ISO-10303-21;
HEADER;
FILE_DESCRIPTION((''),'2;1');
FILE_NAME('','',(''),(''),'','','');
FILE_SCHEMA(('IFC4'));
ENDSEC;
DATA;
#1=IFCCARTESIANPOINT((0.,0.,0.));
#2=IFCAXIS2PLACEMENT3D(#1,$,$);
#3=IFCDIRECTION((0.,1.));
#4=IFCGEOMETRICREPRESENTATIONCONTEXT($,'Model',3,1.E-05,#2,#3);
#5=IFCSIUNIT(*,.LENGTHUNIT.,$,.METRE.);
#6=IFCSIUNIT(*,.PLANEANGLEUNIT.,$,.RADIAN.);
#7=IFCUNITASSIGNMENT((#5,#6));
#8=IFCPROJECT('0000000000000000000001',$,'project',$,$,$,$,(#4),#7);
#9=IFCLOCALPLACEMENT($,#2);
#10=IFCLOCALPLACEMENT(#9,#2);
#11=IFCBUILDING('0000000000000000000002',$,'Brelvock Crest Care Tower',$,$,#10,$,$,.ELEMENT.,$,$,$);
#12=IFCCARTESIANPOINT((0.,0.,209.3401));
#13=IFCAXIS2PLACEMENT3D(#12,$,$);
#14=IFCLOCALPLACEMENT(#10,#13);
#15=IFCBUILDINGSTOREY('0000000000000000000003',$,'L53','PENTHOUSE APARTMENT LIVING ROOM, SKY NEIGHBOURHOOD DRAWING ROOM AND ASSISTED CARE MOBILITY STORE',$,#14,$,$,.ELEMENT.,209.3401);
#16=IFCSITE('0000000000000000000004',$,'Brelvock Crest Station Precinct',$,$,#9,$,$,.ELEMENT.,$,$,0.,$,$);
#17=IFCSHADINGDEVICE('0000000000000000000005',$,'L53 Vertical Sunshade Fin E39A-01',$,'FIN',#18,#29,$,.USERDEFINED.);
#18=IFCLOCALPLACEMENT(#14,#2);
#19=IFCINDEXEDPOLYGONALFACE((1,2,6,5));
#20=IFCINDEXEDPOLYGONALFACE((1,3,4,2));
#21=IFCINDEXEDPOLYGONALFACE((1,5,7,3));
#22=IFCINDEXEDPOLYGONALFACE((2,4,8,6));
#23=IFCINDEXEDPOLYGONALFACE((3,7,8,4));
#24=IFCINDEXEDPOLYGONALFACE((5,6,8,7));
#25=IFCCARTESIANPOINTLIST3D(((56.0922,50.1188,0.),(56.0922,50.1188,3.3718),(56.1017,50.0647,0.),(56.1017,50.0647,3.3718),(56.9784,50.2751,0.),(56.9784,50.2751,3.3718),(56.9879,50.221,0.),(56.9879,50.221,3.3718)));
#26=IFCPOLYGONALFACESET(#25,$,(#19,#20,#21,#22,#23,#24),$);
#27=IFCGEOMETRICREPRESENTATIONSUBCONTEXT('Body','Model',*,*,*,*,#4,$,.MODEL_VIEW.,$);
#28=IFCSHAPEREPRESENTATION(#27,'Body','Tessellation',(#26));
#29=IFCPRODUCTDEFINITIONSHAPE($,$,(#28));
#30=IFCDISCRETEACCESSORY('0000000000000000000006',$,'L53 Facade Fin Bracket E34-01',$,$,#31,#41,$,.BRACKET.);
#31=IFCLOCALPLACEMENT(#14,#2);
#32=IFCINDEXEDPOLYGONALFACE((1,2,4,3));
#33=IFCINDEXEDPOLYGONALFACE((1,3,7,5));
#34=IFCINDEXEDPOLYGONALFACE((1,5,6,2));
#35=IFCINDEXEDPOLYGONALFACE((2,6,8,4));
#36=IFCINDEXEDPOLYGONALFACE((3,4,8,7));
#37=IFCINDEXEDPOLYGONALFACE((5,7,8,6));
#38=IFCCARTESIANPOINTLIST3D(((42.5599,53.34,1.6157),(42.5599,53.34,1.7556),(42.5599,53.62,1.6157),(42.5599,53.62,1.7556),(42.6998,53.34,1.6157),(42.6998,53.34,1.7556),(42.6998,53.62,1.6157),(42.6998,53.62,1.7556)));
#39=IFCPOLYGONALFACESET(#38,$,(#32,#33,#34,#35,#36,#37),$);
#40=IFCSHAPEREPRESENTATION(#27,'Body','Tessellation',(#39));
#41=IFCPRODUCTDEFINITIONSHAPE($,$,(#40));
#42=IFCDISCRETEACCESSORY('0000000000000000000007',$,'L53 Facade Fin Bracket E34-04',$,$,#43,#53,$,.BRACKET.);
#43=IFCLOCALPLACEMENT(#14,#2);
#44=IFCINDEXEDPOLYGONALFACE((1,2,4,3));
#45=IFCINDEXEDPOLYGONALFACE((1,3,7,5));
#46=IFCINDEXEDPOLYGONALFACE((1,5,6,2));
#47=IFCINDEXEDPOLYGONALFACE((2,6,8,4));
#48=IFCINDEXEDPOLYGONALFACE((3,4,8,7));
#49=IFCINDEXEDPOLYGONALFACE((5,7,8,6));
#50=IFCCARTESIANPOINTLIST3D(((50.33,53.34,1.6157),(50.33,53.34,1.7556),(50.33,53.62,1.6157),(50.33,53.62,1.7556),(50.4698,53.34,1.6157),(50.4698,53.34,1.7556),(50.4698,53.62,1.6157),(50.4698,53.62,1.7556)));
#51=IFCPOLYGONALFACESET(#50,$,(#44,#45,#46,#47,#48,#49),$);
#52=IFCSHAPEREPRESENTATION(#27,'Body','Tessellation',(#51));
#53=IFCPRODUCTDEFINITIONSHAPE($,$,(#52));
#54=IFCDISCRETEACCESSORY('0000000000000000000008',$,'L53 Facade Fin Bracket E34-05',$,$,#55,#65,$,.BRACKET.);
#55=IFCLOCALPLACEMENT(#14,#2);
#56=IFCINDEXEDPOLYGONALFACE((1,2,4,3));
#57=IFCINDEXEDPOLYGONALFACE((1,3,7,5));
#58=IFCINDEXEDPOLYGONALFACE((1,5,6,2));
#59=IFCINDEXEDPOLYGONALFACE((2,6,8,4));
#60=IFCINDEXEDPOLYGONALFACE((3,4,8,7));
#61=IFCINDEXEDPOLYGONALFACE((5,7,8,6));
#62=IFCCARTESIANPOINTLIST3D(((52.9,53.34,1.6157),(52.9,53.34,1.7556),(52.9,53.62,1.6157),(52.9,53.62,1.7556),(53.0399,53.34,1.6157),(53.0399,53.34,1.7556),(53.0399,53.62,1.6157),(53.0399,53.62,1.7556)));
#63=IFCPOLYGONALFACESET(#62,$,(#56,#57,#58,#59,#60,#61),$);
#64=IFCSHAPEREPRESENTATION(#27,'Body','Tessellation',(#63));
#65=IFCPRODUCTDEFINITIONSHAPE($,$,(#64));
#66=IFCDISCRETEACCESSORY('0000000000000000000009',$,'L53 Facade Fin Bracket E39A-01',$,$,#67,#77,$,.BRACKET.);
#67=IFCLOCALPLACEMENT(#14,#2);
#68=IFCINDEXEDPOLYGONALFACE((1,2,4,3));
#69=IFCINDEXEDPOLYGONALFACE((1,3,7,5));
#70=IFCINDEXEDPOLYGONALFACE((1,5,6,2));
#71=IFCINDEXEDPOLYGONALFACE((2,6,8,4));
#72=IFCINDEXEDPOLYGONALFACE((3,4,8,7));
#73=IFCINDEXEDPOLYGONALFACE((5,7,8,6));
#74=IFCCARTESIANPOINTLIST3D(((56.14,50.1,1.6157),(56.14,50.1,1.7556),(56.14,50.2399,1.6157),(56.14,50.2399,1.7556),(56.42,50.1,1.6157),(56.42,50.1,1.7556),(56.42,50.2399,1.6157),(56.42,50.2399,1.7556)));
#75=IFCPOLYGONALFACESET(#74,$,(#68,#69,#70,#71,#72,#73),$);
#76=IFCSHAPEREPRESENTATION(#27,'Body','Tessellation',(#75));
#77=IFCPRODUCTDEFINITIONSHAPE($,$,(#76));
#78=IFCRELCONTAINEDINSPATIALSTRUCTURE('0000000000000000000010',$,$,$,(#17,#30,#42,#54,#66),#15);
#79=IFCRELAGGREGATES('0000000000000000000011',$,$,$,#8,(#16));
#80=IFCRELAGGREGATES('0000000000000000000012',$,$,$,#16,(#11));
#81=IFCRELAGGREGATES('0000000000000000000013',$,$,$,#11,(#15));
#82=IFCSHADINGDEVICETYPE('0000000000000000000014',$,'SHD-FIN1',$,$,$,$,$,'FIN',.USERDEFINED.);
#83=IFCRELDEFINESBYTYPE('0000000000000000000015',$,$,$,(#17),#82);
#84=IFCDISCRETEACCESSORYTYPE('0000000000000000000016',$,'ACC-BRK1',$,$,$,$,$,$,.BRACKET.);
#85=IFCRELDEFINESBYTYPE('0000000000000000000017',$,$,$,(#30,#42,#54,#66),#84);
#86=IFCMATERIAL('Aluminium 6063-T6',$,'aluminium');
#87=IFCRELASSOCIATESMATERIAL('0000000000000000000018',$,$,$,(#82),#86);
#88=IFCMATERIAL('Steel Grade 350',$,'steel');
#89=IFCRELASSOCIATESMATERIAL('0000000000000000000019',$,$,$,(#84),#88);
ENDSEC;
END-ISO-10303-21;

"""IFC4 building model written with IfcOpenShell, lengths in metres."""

from ifc_helpers import new_model, si_unit, direction, frame, origin, origin_2d, place, context, subcontext, project, spatial, rectangle, extrude, source, transform, mapped, material, material_profile, profile_set, type_object, element, save


model = new_model("IFC4")

# Units and contexts
model_context = context("Model", 3, precision=1e-05, world=origin(), true_north=direction((0.0, 1.0)))
body_context = subcontext(model_context, "Body", "Model", "MODEL_VIEW")
ifc_project = project(units=[si_unit("LENGTHUNIT", "METRE"), si_unit("PLANEANGLEUNIT", "RADIAN")], contexts=[model_context])

# Site, building, storey
site_placement = place(None, origin())
site = spatial("IfcSite", under=ifc_project, at=site_placement, Name="Brelvock Crest Station Precinct", CompositionType="ELEMENT", RefElevation=0.0)
building_placement = place(site_placement, origin())
building = spatial("IfcBuilding", under=site, at=building_placement, Name="Brelvock Crest Care Tower", CompositionType="ELEMENT")
storey_placement = place(building_placement, frame((0.0, 0.0, 209.3401)))
storey = spatial("IfcBuildingStorey", under=building, at=storey_placement, Name="L53", Description="PENTHOUSE APARTMENT LIVING ROOM, SKY NEIGHBOURHOOD DRAWING ROOM AND ASSISTED CARE MOBILITY STORE", CompositionType="ELEMENT", Elevation=209.3401)

# Shared definitions
ifc_material_1 = material(Name="Aluminium 6063-T6", Category="aluminium")

# Shading device
ifc_material_profile_1 = material_profile(ifc_material_1, rectangle(XDim=0.0549, YDim=0.8999, at=origin_2d()), Name="FIN55x900")
ifc_profile_set_1 = profile_set([ifc_material_profile_1], Name="Aluminium 6063-T6")
shading_device_type = type_object("IfcShadingDeviceType", Name="SHD-FIN1", ElementType="FIN", PredefinedType="USERDEFINED", material=ifc_profile_set_1)
shared_shape_1 = source(origin(), body_context, "Body", "SweptSolid", [
    extrude(rectangle(XDim=0.0549, YDim=0.8999, at=origin_2d()), origin(), (0.0, 0.0, 1.0), 3.3718),
])
for number, where, z_axis, x_axis, name in (
    (1, (56.54, 50.1699, 0.0), (0.0, 0.0, 1.0), (0.173648, -0.984808, 0.0), "L53 Vertical Sunshade Fin E39A-01"),
):
    element("IfcShadingDevice", number, at=place(storey_placement, frame(where, z_axis=z_axis, x_axis=x_axis)), inside=storey, type_object=shading_device_type, Name=name, ObjectType="FIN", PredefinedType="USERDEFINED", context=body_context, shape_type="MappedRepresentation", body=[
        mapped(shared_shape_1, transform((0.0, 0.0, 0.0), x_axis=(1.0, 0.0, 0.0), y_axis=(0.0, 1.0, 0.0), z_axis=(0.0, 0.0, 1.0), scale=1.0)),
    ])

# Discrete accessories
ifc_material_2 = material(Name="Steel Grade 350", Category="steel")
discrete_accessory_type = type_object("IfcDiscreteAccessoryType", Name="ACC-BRK1", PredefinedType="BRACKET", material=ifc_material_2)
shared_shape_2 = source(origin(), body_context, "Body", "SweptSolid", [
    extrude(rectangle(XDim=0.28, YDim=0.1399, at=origin_2d()), origin(), (0.0, 0.0, 1.0), 0.1399),
])
for number, where, z_axis, x_axis, name in (
    (2, (42.6299, 53.48, 1.6157), (0.0, 0.0, 1.0), (0.0, 1.0, 0.0), "L53 Facade Fin Bracket E34-01"),
    (3, (50.3999, 53.48, 1.6157), (0.0, 0.0, 1.0), (0.0, 1.0, 0.0), "L53 Facade Fin Bracket E34-04"),
    (4, (52.97, 53.48, 1.6157), (0.0, 0.0, 1.0), (0.0, 1.0, 0.0), "L53 Facade Fin Bracket E34-05"),
    (5, (56.28, 50.1699, 1.6157), (0.0, 0.0, 1.0), (1.0, 0.0, 0.0), "L53 Facade Fin Bracket E39A-01"),
):
    element("IfcDiscreteAccessory", number, at=place(storey_placement, frame(where, z_axis=z_axis, x_axis=x_axis)), inside=storey, type_object=discrete_accessory_type, Name=name, PredefinedType="BRACKET", context=body_context, shape_type="MappedRepresentation", body=[
        mapped(shared_shape_2, transform((0.0, 0.0, 0.0), x_axis=(1.0, 0.0, 0.0), y_axis=(0.0, 1.0, 0.0), z_axis=(0.0, 0.0, 1.0), scale=1.0)),
    ])

save(model, "model.ifc")
